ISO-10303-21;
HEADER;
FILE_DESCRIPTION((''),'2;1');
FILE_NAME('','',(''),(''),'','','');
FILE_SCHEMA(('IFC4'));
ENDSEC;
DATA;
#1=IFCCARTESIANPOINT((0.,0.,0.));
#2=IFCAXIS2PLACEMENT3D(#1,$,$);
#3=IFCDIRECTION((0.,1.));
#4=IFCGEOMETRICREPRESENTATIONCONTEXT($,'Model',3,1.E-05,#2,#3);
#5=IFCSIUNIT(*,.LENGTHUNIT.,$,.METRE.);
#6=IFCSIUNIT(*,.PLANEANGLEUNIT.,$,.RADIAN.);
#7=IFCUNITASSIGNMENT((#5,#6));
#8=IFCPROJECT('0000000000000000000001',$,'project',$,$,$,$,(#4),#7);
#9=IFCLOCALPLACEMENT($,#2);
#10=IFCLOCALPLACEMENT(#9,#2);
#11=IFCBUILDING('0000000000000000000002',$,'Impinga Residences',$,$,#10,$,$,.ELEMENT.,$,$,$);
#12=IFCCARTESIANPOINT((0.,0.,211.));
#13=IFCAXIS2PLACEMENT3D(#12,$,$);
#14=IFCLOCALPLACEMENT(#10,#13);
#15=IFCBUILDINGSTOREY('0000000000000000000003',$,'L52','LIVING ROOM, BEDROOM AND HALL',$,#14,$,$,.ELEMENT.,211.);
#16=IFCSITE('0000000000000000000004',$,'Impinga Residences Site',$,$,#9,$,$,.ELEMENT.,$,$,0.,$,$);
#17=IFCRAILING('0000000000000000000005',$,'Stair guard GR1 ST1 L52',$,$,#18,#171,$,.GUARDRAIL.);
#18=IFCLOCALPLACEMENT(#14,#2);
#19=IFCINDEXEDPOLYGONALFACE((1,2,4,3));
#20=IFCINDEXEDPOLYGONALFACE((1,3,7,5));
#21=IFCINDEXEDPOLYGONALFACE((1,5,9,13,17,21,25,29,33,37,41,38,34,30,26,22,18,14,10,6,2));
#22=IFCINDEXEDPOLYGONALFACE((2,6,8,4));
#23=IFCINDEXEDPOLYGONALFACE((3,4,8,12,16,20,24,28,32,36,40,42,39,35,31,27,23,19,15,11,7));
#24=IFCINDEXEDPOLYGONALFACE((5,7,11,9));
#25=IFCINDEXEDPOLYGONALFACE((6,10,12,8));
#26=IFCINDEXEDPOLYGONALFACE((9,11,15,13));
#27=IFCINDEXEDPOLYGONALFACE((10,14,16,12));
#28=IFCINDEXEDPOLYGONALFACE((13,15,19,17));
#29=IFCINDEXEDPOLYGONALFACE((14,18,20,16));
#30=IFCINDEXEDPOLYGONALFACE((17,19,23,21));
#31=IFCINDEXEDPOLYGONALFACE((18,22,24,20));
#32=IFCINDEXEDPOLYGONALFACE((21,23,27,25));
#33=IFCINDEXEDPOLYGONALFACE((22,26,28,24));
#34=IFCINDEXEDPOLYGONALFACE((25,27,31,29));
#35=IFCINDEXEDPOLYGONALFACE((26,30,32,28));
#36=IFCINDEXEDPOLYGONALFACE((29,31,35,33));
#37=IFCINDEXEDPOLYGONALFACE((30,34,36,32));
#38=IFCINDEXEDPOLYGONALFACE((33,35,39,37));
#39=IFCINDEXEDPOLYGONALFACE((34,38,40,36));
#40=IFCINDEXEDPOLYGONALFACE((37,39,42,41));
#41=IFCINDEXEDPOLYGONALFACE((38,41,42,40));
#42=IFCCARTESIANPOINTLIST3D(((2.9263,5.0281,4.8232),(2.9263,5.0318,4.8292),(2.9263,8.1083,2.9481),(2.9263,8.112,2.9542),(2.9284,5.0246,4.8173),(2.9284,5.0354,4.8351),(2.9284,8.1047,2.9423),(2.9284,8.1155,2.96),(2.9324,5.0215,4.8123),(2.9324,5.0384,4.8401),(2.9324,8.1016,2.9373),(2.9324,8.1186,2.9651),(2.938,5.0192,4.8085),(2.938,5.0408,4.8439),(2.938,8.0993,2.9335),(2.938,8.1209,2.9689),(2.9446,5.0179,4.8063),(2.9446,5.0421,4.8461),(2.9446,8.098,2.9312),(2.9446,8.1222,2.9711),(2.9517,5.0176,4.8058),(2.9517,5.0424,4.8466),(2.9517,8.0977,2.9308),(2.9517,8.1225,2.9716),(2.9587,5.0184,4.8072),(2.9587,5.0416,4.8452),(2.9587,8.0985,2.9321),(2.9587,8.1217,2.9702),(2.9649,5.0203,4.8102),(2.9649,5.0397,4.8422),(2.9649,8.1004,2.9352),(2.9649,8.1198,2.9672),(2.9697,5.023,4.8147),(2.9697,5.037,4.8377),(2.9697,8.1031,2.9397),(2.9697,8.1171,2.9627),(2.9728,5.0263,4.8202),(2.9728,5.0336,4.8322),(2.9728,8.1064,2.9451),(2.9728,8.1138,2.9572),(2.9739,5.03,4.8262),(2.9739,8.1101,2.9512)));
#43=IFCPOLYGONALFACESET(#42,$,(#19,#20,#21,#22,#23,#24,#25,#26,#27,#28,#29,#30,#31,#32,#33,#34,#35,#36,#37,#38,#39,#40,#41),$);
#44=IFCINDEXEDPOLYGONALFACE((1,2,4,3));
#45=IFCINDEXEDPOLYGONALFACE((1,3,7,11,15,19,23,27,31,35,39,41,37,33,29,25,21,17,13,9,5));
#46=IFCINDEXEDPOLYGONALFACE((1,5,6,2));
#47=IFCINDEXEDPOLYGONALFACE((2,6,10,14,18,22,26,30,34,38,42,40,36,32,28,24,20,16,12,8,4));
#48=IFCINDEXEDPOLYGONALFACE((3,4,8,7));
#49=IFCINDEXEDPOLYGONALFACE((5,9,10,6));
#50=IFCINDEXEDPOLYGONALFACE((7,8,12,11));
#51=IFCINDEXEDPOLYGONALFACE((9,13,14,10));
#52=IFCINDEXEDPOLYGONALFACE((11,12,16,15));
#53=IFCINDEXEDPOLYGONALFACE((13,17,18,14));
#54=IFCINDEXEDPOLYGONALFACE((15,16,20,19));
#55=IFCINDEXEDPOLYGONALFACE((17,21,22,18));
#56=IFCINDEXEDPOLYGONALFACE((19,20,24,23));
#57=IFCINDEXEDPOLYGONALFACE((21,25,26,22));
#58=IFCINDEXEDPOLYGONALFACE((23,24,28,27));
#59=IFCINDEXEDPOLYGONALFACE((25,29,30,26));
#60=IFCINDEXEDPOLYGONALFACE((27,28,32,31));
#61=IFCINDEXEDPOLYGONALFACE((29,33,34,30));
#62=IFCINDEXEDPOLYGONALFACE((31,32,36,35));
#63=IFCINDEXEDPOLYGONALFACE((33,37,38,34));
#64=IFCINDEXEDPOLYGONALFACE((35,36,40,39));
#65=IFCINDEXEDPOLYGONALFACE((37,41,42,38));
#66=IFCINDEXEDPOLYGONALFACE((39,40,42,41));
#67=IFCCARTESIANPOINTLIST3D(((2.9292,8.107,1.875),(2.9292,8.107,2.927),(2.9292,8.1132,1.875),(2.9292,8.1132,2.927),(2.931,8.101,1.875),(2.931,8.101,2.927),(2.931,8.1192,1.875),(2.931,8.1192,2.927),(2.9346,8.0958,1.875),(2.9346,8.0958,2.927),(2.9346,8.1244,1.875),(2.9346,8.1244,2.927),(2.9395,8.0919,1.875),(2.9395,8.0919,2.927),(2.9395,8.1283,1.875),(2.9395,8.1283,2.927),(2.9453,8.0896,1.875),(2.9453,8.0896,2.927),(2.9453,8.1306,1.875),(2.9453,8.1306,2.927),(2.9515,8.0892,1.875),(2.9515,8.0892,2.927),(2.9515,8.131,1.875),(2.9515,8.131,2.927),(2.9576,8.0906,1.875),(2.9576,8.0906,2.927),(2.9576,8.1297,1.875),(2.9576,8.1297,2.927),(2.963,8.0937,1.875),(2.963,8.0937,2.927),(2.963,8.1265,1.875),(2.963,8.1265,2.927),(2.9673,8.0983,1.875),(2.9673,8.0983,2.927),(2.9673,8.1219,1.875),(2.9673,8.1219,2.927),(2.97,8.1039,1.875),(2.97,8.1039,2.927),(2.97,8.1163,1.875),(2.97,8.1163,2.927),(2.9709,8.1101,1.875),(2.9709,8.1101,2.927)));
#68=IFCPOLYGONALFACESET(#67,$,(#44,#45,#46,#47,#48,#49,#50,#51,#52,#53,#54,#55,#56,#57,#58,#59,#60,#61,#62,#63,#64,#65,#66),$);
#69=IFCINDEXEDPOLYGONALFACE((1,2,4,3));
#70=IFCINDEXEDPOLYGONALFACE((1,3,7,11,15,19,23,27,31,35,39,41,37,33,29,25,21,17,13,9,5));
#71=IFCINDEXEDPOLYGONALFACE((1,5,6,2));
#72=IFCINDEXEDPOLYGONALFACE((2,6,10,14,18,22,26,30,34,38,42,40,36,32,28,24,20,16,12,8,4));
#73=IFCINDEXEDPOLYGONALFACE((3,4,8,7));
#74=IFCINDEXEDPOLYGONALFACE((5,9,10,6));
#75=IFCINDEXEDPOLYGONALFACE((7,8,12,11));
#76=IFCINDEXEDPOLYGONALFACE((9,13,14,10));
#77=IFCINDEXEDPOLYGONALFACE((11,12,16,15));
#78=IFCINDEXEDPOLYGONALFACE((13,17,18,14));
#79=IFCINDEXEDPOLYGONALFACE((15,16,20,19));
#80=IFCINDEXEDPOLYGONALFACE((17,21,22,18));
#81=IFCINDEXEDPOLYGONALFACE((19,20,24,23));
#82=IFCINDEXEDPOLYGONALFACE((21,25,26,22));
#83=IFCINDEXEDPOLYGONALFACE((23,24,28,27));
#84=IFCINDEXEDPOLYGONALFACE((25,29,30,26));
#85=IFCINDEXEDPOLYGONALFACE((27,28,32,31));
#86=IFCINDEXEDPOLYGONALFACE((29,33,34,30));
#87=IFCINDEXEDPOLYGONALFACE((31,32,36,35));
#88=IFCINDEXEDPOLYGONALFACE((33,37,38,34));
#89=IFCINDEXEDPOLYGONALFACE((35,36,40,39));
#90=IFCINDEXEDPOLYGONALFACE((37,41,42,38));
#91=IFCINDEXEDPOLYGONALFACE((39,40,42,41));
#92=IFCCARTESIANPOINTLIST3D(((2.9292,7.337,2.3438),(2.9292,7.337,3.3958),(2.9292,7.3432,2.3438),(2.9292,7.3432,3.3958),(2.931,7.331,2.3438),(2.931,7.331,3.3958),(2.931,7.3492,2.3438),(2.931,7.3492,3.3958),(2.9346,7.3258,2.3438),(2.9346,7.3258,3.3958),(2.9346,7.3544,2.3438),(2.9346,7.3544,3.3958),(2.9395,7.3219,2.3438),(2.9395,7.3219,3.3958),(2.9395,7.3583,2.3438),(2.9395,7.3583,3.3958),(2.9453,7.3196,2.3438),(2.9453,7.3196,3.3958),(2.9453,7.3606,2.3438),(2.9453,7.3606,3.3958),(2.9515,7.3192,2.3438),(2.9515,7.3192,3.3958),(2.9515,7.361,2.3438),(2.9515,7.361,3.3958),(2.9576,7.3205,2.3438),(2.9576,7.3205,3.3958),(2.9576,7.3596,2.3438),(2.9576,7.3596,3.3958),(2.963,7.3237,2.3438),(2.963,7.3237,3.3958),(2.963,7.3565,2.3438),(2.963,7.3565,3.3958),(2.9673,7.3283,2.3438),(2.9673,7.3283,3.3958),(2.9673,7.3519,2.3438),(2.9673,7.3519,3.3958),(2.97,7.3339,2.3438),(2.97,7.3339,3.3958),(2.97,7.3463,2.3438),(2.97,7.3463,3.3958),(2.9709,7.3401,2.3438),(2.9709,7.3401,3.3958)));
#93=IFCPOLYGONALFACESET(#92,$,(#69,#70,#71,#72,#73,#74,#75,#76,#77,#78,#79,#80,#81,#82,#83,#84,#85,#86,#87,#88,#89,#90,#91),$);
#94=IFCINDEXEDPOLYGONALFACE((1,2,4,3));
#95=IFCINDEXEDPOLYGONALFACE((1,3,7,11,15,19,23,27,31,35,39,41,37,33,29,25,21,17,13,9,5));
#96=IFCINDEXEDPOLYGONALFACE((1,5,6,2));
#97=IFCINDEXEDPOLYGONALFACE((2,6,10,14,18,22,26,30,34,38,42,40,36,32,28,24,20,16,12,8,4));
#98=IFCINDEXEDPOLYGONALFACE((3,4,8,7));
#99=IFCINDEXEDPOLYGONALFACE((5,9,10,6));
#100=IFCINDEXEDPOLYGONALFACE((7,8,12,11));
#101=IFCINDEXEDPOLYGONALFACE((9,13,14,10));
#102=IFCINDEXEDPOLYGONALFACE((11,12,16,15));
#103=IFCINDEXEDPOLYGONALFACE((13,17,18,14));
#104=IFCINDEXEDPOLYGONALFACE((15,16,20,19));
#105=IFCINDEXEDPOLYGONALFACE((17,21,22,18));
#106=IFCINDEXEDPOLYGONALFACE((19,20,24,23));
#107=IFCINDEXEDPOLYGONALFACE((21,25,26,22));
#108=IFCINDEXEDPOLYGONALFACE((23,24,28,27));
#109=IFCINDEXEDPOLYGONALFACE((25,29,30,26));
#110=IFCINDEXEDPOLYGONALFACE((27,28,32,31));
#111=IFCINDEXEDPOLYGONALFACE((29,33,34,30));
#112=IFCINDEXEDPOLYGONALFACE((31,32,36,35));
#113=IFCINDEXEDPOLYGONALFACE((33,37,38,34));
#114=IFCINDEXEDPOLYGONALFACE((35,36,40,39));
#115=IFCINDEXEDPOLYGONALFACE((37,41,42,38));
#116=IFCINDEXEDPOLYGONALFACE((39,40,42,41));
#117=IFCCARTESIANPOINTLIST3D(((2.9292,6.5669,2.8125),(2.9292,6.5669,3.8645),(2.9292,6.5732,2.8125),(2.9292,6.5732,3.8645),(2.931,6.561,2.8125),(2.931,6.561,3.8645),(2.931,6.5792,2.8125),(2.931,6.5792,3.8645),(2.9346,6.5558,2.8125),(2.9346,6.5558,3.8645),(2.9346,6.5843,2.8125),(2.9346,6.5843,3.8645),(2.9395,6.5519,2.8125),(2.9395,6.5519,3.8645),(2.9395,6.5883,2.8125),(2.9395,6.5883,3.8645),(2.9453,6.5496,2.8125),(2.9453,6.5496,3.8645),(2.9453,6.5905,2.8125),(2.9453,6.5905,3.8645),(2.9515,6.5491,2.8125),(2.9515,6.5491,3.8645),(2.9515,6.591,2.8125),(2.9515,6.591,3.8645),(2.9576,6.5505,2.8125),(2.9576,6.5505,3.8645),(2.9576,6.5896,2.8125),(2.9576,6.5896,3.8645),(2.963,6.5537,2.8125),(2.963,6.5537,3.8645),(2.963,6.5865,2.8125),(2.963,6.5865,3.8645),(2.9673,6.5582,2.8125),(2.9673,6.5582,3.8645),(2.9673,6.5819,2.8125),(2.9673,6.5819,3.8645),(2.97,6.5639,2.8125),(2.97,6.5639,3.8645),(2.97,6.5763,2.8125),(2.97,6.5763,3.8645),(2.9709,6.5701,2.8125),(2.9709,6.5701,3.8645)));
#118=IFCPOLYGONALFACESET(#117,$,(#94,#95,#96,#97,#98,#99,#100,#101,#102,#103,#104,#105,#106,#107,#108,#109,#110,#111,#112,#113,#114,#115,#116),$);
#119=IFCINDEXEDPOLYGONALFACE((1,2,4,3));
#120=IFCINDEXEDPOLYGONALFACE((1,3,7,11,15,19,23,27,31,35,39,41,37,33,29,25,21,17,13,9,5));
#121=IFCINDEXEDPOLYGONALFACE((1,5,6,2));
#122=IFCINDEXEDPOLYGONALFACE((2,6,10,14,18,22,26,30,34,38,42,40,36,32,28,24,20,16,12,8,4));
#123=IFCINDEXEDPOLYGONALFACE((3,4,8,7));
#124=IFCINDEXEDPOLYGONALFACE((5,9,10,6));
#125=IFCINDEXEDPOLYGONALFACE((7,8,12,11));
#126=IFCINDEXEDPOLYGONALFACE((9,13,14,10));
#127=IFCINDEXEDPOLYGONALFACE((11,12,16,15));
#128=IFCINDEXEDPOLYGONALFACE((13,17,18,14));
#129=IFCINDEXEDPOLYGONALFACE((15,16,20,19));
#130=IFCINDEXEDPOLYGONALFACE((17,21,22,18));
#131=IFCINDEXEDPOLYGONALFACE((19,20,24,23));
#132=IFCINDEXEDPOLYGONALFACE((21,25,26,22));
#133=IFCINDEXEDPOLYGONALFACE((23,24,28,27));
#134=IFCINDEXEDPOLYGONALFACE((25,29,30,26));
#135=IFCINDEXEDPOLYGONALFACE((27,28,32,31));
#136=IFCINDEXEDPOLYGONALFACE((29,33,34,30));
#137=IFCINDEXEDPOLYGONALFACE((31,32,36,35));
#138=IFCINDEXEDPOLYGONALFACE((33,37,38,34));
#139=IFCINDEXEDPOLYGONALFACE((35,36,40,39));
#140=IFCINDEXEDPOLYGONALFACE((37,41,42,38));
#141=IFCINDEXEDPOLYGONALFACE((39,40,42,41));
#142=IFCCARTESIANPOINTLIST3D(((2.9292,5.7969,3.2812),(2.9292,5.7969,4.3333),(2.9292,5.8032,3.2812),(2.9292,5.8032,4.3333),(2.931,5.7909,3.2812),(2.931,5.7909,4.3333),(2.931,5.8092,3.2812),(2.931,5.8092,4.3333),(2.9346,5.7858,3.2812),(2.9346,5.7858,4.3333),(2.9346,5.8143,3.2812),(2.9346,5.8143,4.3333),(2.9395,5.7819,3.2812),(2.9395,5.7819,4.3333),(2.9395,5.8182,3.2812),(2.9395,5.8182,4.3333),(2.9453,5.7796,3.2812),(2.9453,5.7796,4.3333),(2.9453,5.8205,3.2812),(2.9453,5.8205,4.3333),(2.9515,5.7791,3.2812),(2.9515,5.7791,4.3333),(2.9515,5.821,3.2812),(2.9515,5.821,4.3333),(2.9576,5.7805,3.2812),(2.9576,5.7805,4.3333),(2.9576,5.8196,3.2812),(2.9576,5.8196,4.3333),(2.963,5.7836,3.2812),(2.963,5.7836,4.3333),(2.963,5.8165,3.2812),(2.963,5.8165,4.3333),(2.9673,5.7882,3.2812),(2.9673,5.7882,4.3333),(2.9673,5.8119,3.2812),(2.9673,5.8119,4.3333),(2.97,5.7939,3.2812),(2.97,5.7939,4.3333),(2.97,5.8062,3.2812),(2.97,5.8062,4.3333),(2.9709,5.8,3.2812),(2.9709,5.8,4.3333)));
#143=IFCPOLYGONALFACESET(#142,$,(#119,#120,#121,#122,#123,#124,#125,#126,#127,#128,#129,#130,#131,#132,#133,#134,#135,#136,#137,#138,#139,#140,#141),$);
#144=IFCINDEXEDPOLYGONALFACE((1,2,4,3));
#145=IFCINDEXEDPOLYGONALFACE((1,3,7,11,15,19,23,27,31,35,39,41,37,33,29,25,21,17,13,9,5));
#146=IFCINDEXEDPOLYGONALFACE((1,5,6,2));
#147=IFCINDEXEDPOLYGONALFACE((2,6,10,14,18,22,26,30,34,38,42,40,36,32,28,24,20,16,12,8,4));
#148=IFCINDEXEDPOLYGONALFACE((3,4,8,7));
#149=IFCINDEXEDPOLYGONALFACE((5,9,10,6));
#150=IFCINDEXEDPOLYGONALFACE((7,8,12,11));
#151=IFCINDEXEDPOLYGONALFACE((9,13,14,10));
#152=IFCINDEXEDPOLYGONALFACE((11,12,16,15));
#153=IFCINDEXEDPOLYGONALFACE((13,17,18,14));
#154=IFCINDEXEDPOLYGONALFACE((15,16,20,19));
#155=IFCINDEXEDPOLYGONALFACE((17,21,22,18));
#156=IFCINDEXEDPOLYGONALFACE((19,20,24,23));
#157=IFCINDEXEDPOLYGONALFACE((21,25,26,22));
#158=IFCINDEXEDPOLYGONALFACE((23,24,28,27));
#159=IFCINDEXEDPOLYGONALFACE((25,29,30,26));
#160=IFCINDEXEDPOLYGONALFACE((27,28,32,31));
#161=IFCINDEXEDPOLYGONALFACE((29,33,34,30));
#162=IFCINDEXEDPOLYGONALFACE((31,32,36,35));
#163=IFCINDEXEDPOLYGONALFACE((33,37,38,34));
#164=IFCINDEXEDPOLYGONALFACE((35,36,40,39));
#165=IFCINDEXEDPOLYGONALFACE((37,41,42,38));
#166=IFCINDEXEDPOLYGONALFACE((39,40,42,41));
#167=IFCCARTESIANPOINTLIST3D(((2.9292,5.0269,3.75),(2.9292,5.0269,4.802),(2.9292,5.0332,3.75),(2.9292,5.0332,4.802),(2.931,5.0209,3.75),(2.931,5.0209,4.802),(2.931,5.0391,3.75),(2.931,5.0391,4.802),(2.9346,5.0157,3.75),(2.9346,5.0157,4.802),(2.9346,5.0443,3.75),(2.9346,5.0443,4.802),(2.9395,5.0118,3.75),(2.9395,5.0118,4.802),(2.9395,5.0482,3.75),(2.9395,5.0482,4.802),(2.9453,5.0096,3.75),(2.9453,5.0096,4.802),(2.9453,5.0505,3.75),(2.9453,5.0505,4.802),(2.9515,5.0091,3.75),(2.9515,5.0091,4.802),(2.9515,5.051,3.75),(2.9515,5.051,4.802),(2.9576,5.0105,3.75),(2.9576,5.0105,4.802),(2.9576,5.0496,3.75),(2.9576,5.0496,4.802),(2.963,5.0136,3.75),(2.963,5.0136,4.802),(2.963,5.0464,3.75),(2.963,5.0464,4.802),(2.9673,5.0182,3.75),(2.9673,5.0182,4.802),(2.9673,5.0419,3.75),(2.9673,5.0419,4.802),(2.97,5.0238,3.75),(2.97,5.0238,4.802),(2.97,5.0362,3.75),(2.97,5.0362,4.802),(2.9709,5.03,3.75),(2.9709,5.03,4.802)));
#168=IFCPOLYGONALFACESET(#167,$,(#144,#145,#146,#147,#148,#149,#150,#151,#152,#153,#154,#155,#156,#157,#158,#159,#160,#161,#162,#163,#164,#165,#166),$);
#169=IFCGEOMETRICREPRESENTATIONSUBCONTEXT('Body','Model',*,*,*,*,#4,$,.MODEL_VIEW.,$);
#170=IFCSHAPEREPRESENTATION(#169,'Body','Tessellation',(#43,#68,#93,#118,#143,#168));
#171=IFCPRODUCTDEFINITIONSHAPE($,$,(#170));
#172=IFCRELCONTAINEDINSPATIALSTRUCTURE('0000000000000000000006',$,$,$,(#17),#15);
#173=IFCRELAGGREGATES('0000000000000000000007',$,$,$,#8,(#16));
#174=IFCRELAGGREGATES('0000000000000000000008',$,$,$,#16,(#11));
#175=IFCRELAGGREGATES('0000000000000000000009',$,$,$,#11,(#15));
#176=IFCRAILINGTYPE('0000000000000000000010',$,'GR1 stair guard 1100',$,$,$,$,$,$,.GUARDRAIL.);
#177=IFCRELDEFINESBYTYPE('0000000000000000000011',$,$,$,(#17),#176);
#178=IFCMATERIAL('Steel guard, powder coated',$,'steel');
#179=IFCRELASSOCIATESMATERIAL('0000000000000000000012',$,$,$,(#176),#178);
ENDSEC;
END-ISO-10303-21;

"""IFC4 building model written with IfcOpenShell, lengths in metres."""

from ifc_helpers import new_model, si_unit, direction, frame, origin, origin_2d, place, context, subcontext, project, spatial, circle, extrude, material, type_object, element, save


model = new_model("IFC4")

# Units and contexts
model_context = context("Model", 3, precision=1e-05, world=origin(), true_north=direction((0.0, 1.0)))
body_context = subcontext(model_context, "Body", "Model", "MODEL_VIEW")
ifc_project = project(units=[si_unit("LENGTHUNIT", "METRE"), si_unit("PLANEANGLEUNIT", "RADIAN")], contexts=[model_context])

# Site, building, storey
site_placement = place(None, origin())
site = spatial("IfcSite", under=ifc_project, at=site_placement, Name="Impinga Residences Site", CompositionType="ELEMENT", RefElevation=0.0)
building_placement = place(site_placement, origin())
building = spatial("IfcBuilding", under=site, at=building_placement, Name="Impinga Residences", CompositionType="ELEMENT")
storey_placement = place(building_placement, frame((0.0, 0.0, 211.0)))
storey = spatial("IfcBuildingStorey", under=building, at=storey_placement, Name="L52", Description="LIVING ROOM, BEDROOM AND HALL", CompositionType="ELEMENT", Elevation=211.0)

# Railing
ifc_material_1 = material(Name="Steel guard, powder coated", Category="steel")
railing_type_1 = type_object("IfcRailingType", Name="GR1 stair guard 1100", PredefinedType="GUARDRAIL", material=ifc_material_1)
railing_1_placement = place(storey_placement, frame((2.95, 8.1101, 1.875)))
element("IfcRailing", 1, at=railing_1_placement, inside=storey, type_object=railing_type_1, Name="Stair guard GR1 ST1 L52", PredefinedType="GUARDRAIL", context=body_context, shape_type="SweptSolid", body=[
    extrude(circle(Radius=0.0239, at=origin_2d()), frame((0.0, 0.0, 1.0762), z_axis=(0.0, -0.854178, 0.519981), x_axis=(1.0, 0.0, 0.0)), (0.0, 0.0, 1.0), 3.606),
    extrude(circle(Radius=0.021, at=origin_2d()), origin(), (0.0, 0.0, 1.0), 1.052),
    extrude(circle(Radius=0.021, at=origin_2d()), frame((0.0, -0.77, 0.4688)), (0.0, 0.0, 1.0), 1.052),
    extrude(circle(Radius=0.021, at=origin_2d()), frame((0.0, -1.54, 0.9375)), (0.0, 0.0, 1.0), 1.052),
    extrude(circle(Radius=0.021, at=origin_2d()), frame((0.0, -2.3101, 1.4062)), (0.0, 0.0, 1.0), 1.052),
    extrude(circle(Radius=0.021, at=origin_2d()), frame((0.0, -3.0801, 1.875)), (0.0, 0.0, 1.0), 1.052),
])

save(model, "model.ifc")
